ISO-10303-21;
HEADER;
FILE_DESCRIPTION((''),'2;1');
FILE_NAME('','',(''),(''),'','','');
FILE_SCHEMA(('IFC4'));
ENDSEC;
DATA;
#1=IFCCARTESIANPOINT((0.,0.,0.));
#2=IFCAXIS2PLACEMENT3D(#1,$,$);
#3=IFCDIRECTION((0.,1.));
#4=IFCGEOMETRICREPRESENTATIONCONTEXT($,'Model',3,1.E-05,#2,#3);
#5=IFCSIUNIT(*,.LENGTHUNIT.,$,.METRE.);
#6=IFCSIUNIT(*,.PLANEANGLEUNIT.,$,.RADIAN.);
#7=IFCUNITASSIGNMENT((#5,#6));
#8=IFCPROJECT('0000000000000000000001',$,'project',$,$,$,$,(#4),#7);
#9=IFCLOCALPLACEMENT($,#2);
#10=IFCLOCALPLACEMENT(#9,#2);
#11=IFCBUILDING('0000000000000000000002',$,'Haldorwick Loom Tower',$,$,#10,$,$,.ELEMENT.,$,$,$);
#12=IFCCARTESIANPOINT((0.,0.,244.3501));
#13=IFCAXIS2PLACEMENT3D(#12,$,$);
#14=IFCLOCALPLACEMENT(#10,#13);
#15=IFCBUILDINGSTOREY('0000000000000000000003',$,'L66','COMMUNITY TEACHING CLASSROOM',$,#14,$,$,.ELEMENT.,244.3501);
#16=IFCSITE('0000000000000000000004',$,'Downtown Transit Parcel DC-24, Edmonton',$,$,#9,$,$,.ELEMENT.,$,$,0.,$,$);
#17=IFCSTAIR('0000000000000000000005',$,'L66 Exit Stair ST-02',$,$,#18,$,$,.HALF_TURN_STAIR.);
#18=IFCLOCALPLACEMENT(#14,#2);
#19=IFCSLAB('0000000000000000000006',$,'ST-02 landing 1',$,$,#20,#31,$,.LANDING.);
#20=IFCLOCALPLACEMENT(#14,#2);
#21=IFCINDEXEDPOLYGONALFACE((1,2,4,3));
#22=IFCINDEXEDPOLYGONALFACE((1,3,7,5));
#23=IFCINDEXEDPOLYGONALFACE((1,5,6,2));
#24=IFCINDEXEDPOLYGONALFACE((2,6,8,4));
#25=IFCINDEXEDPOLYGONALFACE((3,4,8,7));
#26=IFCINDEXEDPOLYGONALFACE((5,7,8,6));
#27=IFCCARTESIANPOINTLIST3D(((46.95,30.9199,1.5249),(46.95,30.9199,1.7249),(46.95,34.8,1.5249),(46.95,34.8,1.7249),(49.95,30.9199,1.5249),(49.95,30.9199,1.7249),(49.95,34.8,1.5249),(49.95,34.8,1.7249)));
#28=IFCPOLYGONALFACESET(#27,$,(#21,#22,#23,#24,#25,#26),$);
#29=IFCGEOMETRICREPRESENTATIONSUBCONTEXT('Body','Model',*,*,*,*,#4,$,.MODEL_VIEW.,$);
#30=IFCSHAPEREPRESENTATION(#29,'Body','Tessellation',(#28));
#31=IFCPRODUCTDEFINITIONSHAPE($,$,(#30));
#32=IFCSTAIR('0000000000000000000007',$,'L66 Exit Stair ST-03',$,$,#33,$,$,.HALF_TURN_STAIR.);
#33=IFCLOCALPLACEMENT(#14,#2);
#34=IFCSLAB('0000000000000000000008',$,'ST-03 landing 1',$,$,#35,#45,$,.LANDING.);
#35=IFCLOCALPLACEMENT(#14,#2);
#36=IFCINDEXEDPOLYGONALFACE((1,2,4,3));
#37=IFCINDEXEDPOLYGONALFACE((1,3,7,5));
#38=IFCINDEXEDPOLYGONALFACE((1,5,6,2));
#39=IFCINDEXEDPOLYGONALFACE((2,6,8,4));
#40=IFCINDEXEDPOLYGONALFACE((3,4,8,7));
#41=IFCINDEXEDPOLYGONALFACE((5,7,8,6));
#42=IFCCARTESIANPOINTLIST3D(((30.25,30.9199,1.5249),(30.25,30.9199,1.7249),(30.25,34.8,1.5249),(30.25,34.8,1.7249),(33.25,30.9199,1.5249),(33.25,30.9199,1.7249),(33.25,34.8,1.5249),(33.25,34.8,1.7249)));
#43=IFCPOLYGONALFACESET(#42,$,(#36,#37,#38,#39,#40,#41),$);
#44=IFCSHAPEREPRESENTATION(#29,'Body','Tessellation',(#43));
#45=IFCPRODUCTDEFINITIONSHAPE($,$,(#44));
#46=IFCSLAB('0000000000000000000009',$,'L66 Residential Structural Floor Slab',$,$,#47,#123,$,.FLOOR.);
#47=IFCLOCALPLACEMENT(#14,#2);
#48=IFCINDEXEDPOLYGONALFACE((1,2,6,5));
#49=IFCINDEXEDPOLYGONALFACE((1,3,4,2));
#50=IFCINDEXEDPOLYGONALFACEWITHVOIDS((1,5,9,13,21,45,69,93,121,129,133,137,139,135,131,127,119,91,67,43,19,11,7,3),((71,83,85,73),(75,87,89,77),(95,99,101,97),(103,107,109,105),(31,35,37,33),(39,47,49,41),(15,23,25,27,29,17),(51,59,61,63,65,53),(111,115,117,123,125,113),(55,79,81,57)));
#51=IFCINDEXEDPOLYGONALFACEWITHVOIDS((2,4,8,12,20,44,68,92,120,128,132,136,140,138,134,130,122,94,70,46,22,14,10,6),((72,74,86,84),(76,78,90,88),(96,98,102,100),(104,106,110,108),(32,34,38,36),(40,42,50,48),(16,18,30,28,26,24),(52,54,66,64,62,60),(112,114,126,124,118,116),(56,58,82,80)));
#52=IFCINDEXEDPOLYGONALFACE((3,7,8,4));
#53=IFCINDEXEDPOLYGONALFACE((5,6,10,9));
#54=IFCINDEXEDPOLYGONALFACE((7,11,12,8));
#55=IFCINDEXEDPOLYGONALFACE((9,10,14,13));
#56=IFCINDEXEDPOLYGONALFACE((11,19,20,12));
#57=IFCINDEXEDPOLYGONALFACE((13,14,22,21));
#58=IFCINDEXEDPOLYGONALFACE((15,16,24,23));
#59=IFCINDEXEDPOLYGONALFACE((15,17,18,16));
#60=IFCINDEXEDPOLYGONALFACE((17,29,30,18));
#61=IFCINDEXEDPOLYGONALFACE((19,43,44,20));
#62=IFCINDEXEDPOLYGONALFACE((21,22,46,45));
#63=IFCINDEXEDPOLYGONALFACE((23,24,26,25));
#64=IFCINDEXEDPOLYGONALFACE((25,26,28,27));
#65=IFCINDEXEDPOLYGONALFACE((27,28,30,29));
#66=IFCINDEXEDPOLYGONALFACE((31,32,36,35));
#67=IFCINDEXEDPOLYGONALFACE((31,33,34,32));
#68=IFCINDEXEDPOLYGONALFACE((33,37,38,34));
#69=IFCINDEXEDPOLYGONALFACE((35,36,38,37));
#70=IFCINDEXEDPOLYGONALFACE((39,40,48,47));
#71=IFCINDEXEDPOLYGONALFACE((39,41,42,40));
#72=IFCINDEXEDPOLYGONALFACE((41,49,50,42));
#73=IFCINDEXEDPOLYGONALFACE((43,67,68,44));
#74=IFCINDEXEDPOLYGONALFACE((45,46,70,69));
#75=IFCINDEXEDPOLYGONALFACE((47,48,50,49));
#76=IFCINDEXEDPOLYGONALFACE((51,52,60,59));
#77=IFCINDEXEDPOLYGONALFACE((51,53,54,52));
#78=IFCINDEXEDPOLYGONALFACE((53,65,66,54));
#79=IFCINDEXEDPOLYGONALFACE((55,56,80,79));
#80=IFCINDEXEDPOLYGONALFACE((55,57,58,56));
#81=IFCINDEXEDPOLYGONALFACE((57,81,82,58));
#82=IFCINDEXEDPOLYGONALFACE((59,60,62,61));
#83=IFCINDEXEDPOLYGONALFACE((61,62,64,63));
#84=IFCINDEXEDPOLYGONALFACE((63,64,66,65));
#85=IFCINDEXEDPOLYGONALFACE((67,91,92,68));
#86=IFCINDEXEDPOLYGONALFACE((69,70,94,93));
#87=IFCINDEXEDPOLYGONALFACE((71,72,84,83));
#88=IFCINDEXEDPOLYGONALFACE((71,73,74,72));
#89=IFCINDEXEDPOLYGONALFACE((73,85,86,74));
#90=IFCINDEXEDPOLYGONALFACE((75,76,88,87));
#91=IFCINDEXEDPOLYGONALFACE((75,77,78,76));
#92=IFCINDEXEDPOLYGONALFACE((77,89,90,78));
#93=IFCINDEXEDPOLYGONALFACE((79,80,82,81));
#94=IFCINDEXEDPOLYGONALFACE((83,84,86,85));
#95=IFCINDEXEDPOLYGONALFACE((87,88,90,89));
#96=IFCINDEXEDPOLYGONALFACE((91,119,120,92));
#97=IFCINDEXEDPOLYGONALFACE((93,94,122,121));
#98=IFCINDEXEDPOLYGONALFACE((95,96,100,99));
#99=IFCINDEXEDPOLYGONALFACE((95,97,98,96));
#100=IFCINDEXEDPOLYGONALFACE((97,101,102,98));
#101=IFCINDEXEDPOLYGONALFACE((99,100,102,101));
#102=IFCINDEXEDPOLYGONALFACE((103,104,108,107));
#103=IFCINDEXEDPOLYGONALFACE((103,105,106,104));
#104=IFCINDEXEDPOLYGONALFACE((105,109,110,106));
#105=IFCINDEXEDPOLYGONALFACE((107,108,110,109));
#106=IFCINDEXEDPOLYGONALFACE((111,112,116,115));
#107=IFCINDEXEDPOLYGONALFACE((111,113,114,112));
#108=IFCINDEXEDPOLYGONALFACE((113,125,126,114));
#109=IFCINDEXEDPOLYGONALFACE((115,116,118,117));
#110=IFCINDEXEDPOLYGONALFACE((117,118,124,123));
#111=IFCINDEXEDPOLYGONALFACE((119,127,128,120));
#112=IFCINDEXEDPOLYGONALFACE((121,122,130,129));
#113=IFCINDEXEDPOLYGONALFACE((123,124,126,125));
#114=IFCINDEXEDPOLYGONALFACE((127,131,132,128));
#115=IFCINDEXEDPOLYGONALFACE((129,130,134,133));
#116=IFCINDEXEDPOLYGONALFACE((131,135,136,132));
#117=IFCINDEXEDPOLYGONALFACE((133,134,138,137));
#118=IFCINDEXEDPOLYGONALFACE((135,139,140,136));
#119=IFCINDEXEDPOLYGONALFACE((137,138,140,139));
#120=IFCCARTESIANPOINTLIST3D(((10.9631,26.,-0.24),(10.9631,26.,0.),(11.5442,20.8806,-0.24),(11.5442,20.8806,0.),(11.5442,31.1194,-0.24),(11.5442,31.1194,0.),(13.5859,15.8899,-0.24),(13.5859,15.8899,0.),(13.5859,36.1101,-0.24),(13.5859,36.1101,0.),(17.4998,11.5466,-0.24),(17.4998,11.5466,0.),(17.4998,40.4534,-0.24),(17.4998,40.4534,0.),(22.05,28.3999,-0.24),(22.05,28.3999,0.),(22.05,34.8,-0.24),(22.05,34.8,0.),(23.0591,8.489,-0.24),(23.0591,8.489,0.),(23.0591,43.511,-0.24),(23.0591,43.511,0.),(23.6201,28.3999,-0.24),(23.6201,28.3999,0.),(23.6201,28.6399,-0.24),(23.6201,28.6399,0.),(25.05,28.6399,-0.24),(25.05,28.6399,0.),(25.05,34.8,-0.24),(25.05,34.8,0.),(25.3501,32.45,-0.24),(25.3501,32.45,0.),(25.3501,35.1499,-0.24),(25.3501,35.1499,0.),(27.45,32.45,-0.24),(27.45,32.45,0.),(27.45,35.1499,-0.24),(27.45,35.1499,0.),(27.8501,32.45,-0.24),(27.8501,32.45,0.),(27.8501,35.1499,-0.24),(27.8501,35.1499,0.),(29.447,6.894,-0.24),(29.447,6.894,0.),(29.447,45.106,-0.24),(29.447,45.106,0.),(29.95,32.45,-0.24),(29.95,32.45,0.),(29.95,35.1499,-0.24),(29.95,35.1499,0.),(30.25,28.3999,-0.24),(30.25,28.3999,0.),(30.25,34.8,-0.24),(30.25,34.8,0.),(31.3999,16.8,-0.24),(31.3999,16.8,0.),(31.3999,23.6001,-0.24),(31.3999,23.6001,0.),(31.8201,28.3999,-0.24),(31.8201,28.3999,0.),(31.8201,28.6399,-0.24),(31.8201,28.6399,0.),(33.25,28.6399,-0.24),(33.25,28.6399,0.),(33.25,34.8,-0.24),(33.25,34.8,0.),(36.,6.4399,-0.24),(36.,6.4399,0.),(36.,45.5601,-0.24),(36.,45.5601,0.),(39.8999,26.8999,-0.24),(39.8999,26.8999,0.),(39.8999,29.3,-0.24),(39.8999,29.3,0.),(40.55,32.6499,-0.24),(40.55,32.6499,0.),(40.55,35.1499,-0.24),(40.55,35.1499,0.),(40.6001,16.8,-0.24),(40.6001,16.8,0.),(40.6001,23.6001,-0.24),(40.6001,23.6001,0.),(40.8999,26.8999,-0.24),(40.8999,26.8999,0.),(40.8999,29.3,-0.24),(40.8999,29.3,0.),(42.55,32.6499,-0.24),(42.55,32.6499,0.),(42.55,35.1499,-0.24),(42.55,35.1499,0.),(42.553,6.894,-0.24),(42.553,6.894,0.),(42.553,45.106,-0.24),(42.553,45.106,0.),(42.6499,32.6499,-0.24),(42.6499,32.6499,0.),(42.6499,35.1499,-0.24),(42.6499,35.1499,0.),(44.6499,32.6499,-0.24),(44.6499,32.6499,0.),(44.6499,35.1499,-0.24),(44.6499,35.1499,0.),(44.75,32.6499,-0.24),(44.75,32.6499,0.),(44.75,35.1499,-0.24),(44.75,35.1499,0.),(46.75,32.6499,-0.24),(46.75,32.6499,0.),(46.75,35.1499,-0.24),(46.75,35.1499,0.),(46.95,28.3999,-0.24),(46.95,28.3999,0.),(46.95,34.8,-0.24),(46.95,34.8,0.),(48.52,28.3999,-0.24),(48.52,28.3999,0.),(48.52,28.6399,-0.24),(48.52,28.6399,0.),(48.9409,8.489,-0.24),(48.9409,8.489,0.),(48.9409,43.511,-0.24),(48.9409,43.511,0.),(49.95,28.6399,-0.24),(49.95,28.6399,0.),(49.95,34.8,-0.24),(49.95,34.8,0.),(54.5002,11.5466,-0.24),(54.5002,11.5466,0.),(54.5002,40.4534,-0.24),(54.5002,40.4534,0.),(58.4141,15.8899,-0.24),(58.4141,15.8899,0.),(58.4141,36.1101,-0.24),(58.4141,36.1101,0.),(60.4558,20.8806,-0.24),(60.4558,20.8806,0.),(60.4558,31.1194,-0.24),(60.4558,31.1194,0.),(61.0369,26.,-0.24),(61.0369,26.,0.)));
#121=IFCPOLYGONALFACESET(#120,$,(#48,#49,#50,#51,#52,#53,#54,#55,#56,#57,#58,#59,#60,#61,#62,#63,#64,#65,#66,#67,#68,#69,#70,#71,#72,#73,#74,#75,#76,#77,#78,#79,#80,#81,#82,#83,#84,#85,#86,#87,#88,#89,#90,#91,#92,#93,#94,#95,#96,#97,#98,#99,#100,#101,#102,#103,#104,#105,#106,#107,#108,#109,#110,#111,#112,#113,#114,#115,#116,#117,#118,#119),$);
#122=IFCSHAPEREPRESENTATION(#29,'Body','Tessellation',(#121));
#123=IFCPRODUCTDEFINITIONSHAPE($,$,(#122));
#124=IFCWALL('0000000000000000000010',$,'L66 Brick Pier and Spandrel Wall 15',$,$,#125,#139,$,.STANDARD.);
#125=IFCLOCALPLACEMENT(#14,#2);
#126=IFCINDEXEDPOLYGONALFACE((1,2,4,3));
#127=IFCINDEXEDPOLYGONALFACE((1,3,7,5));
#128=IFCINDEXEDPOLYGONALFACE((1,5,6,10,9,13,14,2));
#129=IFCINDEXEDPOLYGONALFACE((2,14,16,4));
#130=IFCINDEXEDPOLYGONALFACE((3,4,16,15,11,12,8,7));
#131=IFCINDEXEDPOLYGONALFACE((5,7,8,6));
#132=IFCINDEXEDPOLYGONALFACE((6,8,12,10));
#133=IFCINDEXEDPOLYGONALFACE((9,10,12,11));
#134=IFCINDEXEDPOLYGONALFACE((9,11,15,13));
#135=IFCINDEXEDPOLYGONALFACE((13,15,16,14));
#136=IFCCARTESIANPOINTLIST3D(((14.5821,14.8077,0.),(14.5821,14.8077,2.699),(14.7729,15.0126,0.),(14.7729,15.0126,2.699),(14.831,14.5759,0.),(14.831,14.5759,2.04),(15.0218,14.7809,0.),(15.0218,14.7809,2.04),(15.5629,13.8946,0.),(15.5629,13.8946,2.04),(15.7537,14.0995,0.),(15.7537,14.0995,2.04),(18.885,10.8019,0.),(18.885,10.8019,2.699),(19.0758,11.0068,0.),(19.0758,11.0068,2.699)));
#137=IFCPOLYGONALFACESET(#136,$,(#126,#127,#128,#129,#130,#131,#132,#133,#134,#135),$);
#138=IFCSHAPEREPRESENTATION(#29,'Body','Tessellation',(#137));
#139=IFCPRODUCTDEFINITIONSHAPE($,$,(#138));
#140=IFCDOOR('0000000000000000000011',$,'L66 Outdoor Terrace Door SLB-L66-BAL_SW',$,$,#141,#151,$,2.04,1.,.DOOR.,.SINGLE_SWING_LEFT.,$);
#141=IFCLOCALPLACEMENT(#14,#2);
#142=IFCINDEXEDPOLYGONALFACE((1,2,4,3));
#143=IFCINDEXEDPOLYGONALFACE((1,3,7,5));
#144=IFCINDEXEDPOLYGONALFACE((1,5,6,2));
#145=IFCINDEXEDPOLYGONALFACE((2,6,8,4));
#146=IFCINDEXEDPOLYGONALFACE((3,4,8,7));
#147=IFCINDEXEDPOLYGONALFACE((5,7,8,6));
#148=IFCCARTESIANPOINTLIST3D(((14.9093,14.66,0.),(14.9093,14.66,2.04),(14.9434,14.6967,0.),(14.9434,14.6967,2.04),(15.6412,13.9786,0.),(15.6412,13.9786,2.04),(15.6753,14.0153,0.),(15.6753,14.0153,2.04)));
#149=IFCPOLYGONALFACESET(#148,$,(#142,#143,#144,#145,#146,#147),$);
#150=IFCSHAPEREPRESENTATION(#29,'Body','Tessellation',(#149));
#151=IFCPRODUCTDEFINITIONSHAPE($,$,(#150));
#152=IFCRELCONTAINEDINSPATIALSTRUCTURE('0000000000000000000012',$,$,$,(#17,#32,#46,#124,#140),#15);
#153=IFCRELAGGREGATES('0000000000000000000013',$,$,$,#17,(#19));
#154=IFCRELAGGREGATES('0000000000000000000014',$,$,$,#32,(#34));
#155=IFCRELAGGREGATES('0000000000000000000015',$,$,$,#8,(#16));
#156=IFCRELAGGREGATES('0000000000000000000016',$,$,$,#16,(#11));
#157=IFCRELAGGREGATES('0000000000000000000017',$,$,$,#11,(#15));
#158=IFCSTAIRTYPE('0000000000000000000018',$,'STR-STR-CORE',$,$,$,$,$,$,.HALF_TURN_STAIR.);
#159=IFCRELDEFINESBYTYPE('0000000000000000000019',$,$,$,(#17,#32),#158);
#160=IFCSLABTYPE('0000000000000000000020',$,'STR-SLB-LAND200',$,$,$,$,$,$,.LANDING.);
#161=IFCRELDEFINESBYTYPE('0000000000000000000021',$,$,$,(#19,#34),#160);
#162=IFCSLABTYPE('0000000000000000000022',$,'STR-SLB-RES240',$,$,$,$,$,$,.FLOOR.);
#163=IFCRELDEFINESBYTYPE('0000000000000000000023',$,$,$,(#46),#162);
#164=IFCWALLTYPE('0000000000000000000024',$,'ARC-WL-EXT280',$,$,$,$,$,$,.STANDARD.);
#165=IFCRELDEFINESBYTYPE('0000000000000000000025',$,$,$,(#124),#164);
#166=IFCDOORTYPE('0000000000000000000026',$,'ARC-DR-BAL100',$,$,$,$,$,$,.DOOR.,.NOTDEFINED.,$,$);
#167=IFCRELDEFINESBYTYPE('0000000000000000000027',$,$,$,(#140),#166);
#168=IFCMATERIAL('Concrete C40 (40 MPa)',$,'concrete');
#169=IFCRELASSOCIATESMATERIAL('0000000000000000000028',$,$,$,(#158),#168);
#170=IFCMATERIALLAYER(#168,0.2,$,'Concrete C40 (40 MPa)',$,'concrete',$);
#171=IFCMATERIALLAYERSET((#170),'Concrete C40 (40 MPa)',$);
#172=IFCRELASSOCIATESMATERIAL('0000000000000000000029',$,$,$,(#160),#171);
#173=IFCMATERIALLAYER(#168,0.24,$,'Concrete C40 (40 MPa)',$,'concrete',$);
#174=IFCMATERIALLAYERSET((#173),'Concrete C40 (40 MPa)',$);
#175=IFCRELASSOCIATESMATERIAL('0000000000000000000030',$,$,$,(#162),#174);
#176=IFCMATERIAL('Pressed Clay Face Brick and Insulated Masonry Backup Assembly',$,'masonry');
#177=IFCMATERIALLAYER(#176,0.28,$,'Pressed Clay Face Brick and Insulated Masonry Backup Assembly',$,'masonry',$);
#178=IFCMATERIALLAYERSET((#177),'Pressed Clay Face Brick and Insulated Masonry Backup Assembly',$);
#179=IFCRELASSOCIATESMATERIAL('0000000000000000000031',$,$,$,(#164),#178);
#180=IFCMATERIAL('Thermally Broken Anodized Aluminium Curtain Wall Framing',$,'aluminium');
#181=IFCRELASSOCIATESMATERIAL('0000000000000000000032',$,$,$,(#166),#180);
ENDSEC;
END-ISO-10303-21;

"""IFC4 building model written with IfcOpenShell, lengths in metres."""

from ifc_helpers import new_model, si_unit, direction, frame, frame_2d, origin, place, context, subcontext, project, spatial, polyline, rectangle, outline, extrude, material, layer, layer_set, type_object, element, fill, aggregate, save


model = new_model("IFC4")

# Units and contexts
model_context = context("Model", 3, precision=1e-05, world=origin(), true_north=direction((0.0, 1.0)))
body_context = subcontext(model_context, "Body", "Model", "MODEL_VIEW")
ifc_project = project(units=[si_unit("LENGTHUNIT", "METRE"), si_unit("PLANEANGLEUNIT", "RADIAN")], contexts=[model_context])

# Site, building, storey
site_placement = place(None, origin())
site = spatial("IfcSite", under=ifc_project, at=site_placement, Name="Downtown Transit Parcel DC-24, Edmonton", CompositionType="ELEMENT", RefElevation=0.0)
building_placement = place(site_placement, origin())
building = spatial("IfcBuilding", under=site, at=building_placement, Name="Haldorwick Loom Tower", CompositionType="ELEMENT")
storey_placement = place(building_placement, frame((0.0, 0.0, 244.3501)))
storey = spatial("IfcBuildingStorey", under=building, at=storey_placement, Name="L66", Description="COMMUNITY TEACHING CLASSROOM", CompositionType="ELEMENT", Elevation=244.3501)

# Shared definitions
ifc_material_1 = material(Name="Concrete C40 (40 MPa)", Category="concrete")

# Stairs, slabs
stair_type = type_object("IfcStairType", Name="STR-STR-CORE", PredefinedType="HALF_TURN_STAIR", material=ifc_material_1)
ifc_layer_1 = layer(ifc_material_1, 0.2, Name="Concrete C40 (40 MPa)", Category="concrete")
ifc_layer_set_1 = layer_set([ifc_layer_1], Name="Concrete C40 (40 MPa)")
slab_type_1 = type_object("IfcSlabType", Name="STR-SLB-LAND200", PredefinedType="LANDING", material=ifc_layer_set_1)
stair_1_placement = place(storey_placement, origin())
stair_1 = element("IfcStair", 1, at=stair_1_placement, inside=storey, type_object=stair_type, Name="L66 Exit Stair ST-02", PredefinedType="HALF_TURN_STAIR")
slab_1_placement = place(storey_placement, frame((0.0, 0.0, 1.5249)))
slab_1 = element("IfcSlab", 2, at=slab_1_placement, type_object=slab_type_1, Name="ST-02 landing 1", PredefinedType="LANDING", context=body_context, shape_type="SweptSolid", body=[
    extrude(outline(polyline([(49.95, 30.9199), (49.95, 34.8), (46.95, 34.8), (46.95, 30.9199), (49.95, 30.9199)])), origin(), (0.0, 0.0, 1.0), 0.2),
])
aggregate(stair_1, [slab_1])
stair_2_placement = place(storey_placement, origin())
stair_2 = element("IfcStair", 3, at=stair_2_placement, inside=storey, type_object=stair_type, Name="L66 Exit Stair ST-03", PredefinedType="HALF_TURN_STAIR")
slab_2_placement = place(storey_placement, frame((0.0, 0.0, 1.5249)))
slab_2 = element("IfcSlab", 4, at=slab_2_placement, type_object=slab_type_1, Name="ST-03 landing 1", PredefinedType="LANDING", context=body_context, shape_type="SweptSolid", body=[
    extrude(outline(polyline([(33.25, 30.9199), (33.25, 34.8), (30.25, 34.8), (30.25, 30.9199), (33.25, 30.9199)])), origin(), (0.0, 0.0, 1.0), 0.2),
])
aggregate(stair_2, [slab_2])

# Slab
ifc_layer_2 = layer(ifc_material_1, 0.24, Name="Concrete C40 (40 MPa)", Category="concrete")
ifc_layer_set_2 = layer_set([ifc_layer_2], Name="Concrete C40 (40 MPa)")
slab_type_2 = type_object("IfcSlabType", Name="STR-SLB-RES240", PredefinedType="FLOOR", material=ifc_layer_set_2)
slab_3_placement = place(storey_placement, frame((0.0, 0.0, -0.24)))
element("IfcSlab", 5, at=slab_3_placement, inside=storey, type_object=slab_type_2, Name="L66 Residential Structural Floor Slab", PredefinedType="FLOOR", context=body_context, shape_type="SweptSolid", body=[
    extrude(outline(polyline([(54.5002, 11.5466), (58.4141, 15.8899), (60.4558, 20.8806), (61.0369, 26.0), (60.4558, 31.1194), (58.4141, 36.1101), (54.5002, 40.4534), (48.9409, 43.511), (42.553, 45.106), (36.0, 45.5601), (29.447, 45.106), (23.0591, 43.511), (17.4998, 40.4534), (13.5859, 36.1101), (11.5442, 31.1194), (10.9631, 26.0), (11.5442, 20.8806), (13.5859, 15.8899), (17.4998, 11.5466), (23.0591, 8.489), (29.447, 6.894), (36.0, 6.4399), (42.553, 6.894), (48.9409, 8.489), (54.5002, 11.5466)]), holes=[polyline([(31.3999, 16.8), (31.3999, 23.6001), (40.6001, 23.6001), (40.6001, 16.8), (31.3999, 16.8)]), polyline([(40.8999, 26.8999), (39.8999, 26.8999), (39.8999, 29.3), (40.8999, 29.3), (40.8999, 26.8999)]), polyline([(23.6201, 28.3999), (22.05, 28.3999), (22.05, 34.8), (25.05, 34.8), (25.05, 28.6399), (23.6201, 28.6399), (23.6201, 28.3999)]), polyline([(30.25, 28.3999), (30.25, 34.8), (33.25, 34.8), (33.25, 28.6399), (31.8201, 28.6399), (31.8201, 28.3999), (30.25, 28.3999)]), polyline([(46.95, 28.3999), (46.95, 34.8), (49.95, 34.8), (49.95, 28.6399), (48.52, 28.6399), (48.52, 28.3999), (46.95, 28.3999)]), polyline([(27.45, 32.45), (25.3501, 32.45), (25.3501, 35.1499), (27.45, 35.1499), (27.45, 32.45)]), polyline([(29.95, 32.45), (27.8501, 32.45), (27.8501, 35.1499), (29.95, 35.1499), (29.95, 32.45)]), polyline([(42.55, 32.6499), (40.55, 32.6499), (40.55, 35.1499), (42.55, 35.1499), (42.55, 32.6499)]), polyline([(42.6499, 32.6499), (42.6499, 35.1499), (44.6499, 35.1499), (44.6499, 32.6499), (42.6499, 32.6499)]), polyline([(44.75, 32.6499), (44.75, 35.1499), (46.75, 35.1499), (46.75, 32.6499), (44.75, 32.6499)])]), origin(), (0.0, 0.0, 1.0), 0.24),
])

# Wall, opening, door
ifc_material_2 = material(Name="Pressed Clay Face Brick and Insulated Masonry Backup Assembly", Category="masonry")
ifc_layer_3 = layer(ifc_material_2, 0.28, Name="Pressed Clay Face Brick and Insulated Masonry Backup Assembly", Category="masonry")
ifc_layer_set_3 = layer_set([ifc_layer_3], Name="Pressed Clay Face Brick and Insulated Masonry Backup Assembly")
wall_type = type_object("IfcWallType", Name="ARC-WL-EXT280", PredefinedType="STANDARD", material=ifc_layer_set_3)
wall_1_placement = place(storey_placement, frame((14.6775, 14.9102, 0.0), z_axis=(0.0, 0.0, 1.0), x_axis=(0.731925, -0.681386, 0.0)))
wall_1 = element("IfcWall", 6, at=wall_1_placement, inside=storey, type_object=wall_type, Name="L66 Brick Pier and Spandrel Wall 15", PredefinedType="STANDARD", context=body_context, shape_type="SweptSolid", body=[
    extrude(rectangle(XDim=5.8789, YDim=0.28, at=frame_2d((2.9395, 0.0))), origin(), (0.0, 0.0, 1.0), 2.699),
])
opening_1_placement = place(wall_1_placement, frame((0.3401, 0.0, 0.0)))
opening_1 = element("IfcOpeningElement", 7, at=opening_1_placement, cuts=wall_1, PredefinedType="OPENING", context=body_context, shape_type="SweptSolid", body=[
    extrude(rectangle(XDim=1.0, YDim=2.04, at=frame_2d((0.5, 1.02))), frame((0.0, 0.1499, 0.0), z_axis=(0.0, -1.0, 0.0), x_axis=(1.0, 0.0, 0.0)), (0.0, 0.0, 1.0), 0.3),
])
ifc_material_3 = material(Name="Thermally Broken Anodized Aluminium Curtain Wall Framing", Category="aluminium")
door_type = type_object("IfcDoorType", Name="ARC-DR-BAL100", OperationType="NOTDEFINED", PredefinedType="DOOR", material=ifc_material_3)
door_placement = place(opening_1_placement, origin())
door = element("IfcDoor", 8, at=door_placement, inside=storey, type_object=door_type, Name="L66 Outdoor Terrace Door SLB-L66-BAL_SW", OperationType="SINGLE_SWING_LEFT", OverallHeight=2.04, OverallWidth=1.0, PredefinedType="DOOR", context=body_context, shape_type="SweptSolid", body=[
    extrude(rectangle(XDim=1.0, YDim=2.04, at=frame_2d((0.5, 1.02))), frame((0.0, 0.0249, 0.0), z_axis=(0.0, -1.0, 0.0), x_axis=(1.0, 0.0, 0.0)), (0.0, 0.0, 1.0), 0.05),
])
fill(opening_1, door)

save(model, "model.ifc")
